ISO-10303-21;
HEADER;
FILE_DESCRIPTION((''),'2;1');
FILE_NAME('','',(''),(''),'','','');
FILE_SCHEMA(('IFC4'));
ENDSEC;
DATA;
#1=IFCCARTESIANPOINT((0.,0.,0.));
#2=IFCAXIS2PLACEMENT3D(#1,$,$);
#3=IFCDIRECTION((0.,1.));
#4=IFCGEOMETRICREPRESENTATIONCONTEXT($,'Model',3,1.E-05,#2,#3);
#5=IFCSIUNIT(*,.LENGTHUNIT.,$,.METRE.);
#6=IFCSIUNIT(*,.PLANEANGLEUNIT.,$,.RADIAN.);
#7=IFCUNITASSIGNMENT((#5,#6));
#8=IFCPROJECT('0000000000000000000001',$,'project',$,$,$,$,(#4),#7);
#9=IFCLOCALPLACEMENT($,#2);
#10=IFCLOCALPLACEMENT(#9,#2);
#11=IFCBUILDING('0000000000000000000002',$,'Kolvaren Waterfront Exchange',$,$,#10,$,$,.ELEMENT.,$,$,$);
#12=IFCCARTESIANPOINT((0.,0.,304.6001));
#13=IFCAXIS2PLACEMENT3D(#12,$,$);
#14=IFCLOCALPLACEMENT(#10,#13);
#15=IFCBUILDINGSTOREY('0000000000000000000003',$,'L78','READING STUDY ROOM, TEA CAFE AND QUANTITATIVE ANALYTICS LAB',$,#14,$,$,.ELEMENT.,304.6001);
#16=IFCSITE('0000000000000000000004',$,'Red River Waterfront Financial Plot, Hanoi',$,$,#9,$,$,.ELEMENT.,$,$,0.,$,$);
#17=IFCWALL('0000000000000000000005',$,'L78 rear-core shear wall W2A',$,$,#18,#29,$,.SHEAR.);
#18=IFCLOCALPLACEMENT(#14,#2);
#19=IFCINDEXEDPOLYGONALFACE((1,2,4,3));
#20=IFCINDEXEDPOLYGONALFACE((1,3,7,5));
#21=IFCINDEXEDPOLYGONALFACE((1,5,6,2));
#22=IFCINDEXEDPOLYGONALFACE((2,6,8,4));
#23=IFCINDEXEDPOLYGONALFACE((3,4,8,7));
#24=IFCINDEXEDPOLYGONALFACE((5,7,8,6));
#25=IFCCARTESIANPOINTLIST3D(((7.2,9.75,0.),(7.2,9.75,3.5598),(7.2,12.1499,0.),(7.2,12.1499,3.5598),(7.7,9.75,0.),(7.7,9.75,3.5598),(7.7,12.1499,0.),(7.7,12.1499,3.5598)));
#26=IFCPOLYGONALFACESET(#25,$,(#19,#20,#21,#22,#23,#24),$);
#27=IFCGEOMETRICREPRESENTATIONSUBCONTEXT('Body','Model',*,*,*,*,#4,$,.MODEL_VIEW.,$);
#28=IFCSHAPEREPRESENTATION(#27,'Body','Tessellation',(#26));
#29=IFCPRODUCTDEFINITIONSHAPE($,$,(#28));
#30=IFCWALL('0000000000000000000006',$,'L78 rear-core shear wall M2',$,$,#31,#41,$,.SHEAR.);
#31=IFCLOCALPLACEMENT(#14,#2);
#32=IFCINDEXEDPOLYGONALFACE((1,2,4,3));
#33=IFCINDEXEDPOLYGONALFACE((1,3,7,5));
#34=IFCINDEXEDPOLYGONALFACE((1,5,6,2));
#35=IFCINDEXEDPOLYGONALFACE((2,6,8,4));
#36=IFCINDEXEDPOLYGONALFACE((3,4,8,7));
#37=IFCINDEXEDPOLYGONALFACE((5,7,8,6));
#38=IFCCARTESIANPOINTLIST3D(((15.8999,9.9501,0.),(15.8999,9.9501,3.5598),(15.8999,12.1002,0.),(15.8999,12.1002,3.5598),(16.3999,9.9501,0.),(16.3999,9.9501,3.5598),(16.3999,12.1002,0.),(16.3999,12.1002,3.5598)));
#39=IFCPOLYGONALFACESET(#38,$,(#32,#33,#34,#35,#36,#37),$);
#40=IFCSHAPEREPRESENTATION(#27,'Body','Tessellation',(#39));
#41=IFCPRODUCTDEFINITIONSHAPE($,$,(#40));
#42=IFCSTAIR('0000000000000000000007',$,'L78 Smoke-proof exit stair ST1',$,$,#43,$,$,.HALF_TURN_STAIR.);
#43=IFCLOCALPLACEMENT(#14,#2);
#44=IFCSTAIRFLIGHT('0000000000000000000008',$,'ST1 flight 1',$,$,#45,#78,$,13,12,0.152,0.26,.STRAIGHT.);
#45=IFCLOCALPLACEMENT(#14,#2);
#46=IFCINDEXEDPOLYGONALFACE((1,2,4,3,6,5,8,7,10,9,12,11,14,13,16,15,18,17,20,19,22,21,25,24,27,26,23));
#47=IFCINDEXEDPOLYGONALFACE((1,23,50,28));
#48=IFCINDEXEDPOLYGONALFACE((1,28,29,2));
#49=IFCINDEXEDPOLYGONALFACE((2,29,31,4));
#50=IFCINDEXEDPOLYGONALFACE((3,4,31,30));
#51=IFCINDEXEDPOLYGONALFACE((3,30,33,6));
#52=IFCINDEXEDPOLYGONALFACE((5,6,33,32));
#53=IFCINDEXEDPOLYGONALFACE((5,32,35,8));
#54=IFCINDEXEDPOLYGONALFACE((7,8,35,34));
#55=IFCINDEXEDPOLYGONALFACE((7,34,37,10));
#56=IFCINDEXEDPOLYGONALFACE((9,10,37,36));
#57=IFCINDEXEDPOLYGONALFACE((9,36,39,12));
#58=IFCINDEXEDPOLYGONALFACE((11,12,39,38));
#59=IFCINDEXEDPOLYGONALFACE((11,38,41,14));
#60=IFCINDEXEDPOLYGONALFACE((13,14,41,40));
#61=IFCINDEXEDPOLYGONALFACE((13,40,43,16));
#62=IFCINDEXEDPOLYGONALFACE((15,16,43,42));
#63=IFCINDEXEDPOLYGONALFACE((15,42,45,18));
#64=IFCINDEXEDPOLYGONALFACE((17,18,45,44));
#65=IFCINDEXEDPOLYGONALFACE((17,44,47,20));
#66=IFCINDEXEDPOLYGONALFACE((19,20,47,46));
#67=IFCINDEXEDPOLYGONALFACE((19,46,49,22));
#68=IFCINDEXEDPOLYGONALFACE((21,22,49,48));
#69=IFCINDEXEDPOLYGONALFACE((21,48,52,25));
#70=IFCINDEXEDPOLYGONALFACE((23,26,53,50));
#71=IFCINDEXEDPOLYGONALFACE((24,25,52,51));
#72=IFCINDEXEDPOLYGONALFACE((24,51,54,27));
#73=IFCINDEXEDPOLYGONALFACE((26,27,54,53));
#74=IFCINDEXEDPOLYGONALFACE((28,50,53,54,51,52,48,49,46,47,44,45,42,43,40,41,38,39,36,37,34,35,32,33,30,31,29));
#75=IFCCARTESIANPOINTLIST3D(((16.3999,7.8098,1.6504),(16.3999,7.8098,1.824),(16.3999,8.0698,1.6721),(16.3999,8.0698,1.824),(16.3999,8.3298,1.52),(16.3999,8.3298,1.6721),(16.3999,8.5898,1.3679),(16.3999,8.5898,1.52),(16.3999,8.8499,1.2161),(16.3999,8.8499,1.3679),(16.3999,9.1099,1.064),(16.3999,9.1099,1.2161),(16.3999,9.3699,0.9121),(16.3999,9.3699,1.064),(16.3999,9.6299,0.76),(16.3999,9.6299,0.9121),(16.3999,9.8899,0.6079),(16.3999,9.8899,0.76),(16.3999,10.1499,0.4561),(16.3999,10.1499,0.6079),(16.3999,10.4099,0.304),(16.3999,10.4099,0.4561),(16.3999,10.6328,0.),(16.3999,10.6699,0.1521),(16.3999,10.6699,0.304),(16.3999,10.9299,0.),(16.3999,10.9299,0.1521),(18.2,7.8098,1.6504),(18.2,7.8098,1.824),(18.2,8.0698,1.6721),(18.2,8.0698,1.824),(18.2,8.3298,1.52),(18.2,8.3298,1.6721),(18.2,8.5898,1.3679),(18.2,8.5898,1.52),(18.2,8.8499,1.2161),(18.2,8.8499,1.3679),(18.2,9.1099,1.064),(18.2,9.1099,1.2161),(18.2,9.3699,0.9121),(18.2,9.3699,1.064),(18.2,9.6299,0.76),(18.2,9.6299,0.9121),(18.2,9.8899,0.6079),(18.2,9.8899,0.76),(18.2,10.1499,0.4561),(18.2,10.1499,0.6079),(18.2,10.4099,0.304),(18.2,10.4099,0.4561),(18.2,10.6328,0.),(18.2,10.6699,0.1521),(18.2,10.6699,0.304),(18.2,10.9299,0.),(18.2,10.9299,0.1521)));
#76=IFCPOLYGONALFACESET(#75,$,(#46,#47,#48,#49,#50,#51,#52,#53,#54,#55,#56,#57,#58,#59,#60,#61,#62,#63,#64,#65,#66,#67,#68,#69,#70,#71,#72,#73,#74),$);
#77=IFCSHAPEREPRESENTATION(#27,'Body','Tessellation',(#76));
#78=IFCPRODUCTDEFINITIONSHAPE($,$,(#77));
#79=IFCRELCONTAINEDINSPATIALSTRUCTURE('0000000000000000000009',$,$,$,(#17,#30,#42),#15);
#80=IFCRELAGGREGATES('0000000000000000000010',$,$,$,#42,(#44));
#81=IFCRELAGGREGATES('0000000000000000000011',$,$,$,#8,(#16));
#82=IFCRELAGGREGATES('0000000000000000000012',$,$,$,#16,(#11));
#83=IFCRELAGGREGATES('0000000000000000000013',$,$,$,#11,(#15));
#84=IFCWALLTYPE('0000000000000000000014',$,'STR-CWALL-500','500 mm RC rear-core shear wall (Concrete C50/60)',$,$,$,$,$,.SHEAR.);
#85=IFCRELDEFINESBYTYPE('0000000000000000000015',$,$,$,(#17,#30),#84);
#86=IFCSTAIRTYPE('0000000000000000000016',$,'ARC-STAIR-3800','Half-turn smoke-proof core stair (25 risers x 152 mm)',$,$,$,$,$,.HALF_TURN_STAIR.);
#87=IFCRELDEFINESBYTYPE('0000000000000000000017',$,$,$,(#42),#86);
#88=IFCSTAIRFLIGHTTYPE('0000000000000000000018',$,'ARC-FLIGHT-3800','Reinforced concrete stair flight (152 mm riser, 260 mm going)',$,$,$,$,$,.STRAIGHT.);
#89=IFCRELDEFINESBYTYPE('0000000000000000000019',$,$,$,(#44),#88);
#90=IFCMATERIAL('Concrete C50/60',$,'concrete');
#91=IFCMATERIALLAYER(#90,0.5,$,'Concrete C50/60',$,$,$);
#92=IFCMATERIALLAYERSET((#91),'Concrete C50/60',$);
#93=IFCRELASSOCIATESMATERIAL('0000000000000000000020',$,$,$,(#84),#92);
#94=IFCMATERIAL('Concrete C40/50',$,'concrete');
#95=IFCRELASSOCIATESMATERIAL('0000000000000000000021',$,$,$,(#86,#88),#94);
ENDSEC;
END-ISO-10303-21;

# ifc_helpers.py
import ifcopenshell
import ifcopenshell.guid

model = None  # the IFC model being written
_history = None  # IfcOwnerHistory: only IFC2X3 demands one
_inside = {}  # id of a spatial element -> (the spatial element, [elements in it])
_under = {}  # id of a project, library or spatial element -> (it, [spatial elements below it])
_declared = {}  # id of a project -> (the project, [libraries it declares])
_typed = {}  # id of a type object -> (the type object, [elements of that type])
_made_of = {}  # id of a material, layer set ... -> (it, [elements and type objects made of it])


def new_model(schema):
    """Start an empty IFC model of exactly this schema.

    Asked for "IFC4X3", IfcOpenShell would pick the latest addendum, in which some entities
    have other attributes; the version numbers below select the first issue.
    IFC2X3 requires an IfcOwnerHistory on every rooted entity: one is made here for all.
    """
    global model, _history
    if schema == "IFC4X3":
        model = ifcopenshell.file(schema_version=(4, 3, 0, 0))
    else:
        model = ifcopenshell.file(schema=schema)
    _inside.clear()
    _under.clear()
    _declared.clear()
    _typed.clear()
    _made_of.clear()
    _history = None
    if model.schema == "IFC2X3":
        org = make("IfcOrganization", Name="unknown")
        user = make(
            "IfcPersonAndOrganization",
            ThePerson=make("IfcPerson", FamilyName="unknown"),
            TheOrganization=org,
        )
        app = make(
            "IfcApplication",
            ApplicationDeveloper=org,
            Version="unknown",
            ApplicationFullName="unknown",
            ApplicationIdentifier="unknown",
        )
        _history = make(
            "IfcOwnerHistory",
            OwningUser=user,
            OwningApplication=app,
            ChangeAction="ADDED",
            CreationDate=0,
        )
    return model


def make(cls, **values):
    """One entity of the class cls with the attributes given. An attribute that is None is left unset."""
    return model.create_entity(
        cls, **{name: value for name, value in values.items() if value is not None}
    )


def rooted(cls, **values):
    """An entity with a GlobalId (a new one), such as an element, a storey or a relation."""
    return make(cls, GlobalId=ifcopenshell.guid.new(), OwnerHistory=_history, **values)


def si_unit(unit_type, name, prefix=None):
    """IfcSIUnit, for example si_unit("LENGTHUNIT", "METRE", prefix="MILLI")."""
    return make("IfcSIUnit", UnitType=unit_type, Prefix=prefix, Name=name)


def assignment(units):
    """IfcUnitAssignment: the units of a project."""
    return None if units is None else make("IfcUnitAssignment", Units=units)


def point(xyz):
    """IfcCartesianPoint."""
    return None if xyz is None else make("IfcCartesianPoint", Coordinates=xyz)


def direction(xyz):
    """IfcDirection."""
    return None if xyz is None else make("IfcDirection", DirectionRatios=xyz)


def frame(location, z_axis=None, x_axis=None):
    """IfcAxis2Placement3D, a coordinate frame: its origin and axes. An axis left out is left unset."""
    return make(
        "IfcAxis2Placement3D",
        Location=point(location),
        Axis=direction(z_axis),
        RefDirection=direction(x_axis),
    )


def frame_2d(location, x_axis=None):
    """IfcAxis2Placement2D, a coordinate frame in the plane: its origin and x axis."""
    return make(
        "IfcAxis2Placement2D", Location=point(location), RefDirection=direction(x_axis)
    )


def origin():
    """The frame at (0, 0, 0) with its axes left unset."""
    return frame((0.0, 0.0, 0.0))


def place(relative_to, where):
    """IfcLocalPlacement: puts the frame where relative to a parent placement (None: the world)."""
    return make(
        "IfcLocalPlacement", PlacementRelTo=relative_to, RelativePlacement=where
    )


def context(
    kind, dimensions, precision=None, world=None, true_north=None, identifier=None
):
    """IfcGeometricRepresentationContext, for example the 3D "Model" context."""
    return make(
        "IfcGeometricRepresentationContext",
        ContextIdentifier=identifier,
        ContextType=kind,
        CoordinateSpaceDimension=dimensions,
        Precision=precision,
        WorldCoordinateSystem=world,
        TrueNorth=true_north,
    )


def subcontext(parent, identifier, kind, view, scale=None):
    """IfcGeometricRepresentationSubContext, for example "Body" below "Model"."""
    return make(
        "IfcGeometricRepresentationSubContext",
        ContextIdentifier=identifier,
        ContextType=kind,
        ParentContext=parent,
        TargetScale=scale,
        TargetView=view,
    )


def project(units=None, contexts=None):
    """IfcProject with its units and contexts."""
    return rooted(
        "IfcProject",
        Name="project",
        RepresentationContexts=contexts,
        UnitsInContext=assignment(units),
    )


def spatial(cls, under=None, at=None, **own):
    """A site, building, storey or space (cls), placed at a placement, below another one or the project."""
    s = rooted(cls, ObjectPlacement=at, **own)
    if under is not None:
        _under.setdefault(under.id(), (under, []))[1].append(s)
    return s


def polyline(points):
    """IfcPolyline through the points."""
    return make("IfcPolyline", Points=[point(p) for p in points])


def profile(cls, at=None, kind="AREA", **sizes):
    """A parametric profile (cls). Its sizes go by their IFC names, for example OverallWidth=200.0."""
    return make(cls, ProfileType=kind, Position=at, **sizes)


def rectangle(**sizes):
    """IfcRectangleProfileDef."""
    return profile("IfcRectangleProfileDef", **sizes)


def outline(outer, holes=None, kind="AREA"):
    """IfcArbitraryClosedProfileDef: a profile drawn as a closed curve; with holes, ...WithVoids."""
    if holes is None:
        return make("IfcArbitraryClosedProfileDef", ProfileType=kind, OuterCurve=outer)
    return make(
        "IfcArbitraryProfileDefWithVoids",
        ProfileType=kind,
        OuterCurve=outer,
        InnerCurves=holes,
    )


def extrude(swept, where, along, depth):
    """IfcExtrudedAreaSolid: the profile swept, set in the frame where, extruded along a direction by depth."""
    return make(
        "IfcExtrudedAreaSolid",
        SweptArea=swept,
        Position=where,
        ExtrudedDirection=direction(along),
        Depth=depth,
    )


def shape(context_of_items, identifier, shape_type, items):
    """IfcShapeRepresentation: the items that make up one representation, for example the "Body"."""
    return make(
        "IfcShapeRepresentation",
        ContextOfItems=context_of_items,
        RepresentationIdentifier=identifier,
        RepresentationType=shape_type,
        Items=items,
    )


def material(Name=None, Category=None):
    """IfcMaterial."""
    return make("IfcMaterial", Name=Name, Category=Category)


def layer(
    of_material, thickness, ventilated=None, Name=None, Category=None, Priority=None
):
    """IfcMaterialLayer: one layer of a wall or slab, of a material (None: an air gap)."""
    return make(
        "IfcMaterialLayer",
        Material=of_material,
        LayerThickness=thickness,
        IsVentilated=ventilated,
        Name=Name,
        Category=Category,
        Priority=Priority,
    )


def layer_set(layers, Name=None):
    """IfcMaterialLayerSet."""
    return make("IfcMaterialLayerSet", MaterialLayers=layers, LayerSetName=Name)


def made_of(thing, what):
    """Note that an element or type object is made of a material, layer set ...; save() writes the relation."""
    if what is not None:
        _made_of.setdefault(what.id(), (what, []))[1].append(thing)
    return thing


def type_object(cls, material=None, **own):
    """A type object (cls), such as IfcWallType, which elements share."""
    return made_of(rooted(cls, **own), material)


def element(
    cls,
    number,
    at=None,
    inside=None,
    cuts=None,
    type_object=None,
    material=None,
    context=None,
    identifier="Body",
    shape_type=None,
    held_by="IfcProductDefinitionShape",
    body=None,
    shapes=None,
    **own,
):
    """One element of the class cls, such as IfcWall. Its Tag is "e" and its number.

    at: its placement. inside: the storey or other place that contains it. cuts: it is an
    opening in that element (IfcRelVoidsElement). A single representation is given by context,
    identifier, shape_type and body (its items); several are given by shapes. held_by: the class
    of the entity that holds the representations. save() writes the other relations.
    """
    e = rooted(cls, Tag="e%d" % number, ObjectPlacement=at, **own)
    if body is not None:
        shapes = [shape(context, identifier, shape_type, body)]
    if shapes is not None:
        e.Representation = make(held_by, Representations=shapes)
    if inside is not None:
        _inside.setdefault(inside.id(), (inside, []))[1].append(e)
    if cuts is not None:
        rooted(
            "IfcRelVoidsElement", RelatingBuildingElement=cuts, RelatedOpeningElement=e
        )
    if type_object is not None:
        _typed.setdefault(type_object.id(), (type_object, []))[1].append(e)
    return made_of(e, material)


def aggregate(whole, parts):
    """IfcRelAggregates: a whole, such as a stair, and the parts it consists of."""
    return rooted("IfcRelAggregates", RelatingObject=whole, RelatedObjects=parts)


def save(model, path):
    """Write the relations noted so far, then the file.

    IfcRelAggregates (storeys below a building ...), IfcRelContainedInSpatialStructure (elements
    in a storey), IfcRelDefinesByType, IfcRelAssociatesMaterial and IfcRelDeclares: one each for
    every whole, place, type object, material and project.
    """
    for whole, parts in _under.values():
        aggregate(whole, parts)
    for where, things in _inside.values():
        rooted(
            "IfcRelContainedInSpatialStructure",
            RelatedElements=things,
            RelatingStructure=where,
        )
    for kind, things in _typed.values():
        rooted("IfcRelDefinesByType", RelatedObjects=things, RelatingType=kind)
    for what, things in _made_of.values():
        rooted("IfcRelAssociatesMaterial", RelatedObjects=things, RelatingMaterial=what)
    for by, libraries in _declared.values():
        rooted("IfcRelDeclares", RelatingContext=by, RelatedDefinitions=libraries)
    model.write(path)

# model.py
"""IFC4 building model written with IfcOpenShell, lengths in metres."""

from ifc_helpers import new_model, si_unit, direction, frame, frame_2d, origin, place, context, subcontext, project, spatial, polyline, rectangle, outline, extrude, material, layer, layer_set, type_object, element, aggregate, save


model = new_model("IFC4")

# Units and contexts
model_context = context("Model", 3, precision=1e-05, world=origin(), true_north=direction((0.0, 1.0)))
body_context = subcontext(model_context, "Body", "Model", "MODEL_VIEW")
ifc_project = project(units=[si_unit("LENGTHUNIT", "METRE"), si_unit("PLANEANGLEUNIT", "RADIAN")], contexts=[model_context])

# Site, building, storey
site_placement = place(None, origin())
site = spatial("IfcSite", under=ifc_project, at=site_placement, Name="Red River Waterfront Financial Plot, Hanoi", CompositionType="ELEMENT", RefElevation=0.0)
building_placement = place(site_placement, origin())
building = spatial("IfcBuilding", under=site, at=building_placement, Name="Kolvaren Waterfront Exchange", CompositionType="ELEMENT")
storey_placement = place(building_placement, frame((0.0, 0.0, 304.6001)))
storey = spatial("IfcBuildingStorey", under=building, at=storey_placement, Name="L78", Description="READING STUDY ROOM, TEA CAFE AND QUANTITATIVE ANALYTICS LAB", CompositionType="ELEMENT", Elevation=304.6001)

# Walls
ifc_material_1 = material(Name="Concrete C50/60", Category="concrete")
ifc_layer_1 = layer(ifc_material_1, 0.5, Name="Concrete C50/60")
ifc_layer_set_1 = layer_set([ifc_layer_1], Name="Concrete C50/60")
wall_type_1 = type_object("IfcWallType", Name="STR-CWALL-500", Description="500 mm RC rear-core shear wall (Concrete C50/60)", PredefinedType="SHEAR", material=ifc_layer_set_1)
wall_1_placement = place(storey_placement, frame((7.45, 9.75, 0.0), z_axis=(0.0, 0.0, 1.0), x_axis=(0.0, 1.0, 0.0)))
element("IfcWall", 1, at=wall_1_placement, inside=storey, type_object=wall_type_1, Name="L78 rear-core shear wall W2A", PredefinedType="SHEAR", context=body_context, shape_type="SweptSolid", body=[
    extrude(rectangle(XDim=2.3999, YDim=0.5, at=frame_2d((1.2, 0.0))), origin(), (0.0, 0.0, 1.0), 3.5598),
])
wall_2_placement = place(storey_placement, frame((16.1499, 9.95, 0.0), z_axis=(0.0, 0.0, 1.0), x_axis=(0.0, 1.0, 0.0)))
element("IfcWall", 2, at=wall_2_placement, inside=storey, type_object=wall_type_1, Name="L78 rear-core shear wall M2", PredefinedType="SHEAR", context=body_context, shape_type="SweptSolid", body=[
    extrude(rectangle(XDim=2.1501, YDim=0.5, at=frame_2d((1.0752, 0.0))), origin(), (0.0, 0.0, 1.0), 3.5598),
])

# Stair, stair flight
ifc_material_2 = material(Name="Concrete C40/50", Category="concrete")
stair_type = type_object("IfcStairType", Name="ARC-STAIR-3800", Description="Half-turn smoke-proof core stair (25 risers x 152 mm)", PredefinedType="HALF_TURN_STAIR", material=ifc_material_2)
stair_placement = place(storey_placement, origin())
stair = element("IfcStair", 3, at=stair_placement, inside=storey, type_object=stair_type, Name="L78 Smoke-proof exit stair ST1", PredefinedType="HALF_TURN_STAIR")
stair_flight_type = type_object("IfcStairFlightType", Name="ARC-FLIGHT-3800", Description="Reinforced concrete stair flight (152 mm riser, 260 mm going)", PredefinedType="STRAIGHT", material=ifc_material_2)
stair_flight_placement = place(storey_placement, frame((17.3, 10.9299, 0.0), z_axis=(0.0, 0.0, 1.0), x_axis=(0.0, -1.0, 0.0)))
stair_flight = element("IfcStairFlight", 4, at=stair_flight_placement, type_object=stair_flight_type, Name="ST1 flight 1", NumberOfRisers=13, NumberOfTreads=12, PredefinedType="STRAIGHT", RiserHeight=0.152, TreadLength=0.26, context=body_context, shape_type="SweptSolid", body=[
    extrude(outline(polyline([(0.0, 0.0), (0.0, 0.1521), (0.26, 0.1521), (0.26, 0.304), (0.52, 0.304), (0.52, 0.4561), (0.78, 0.4561), (0.78, 0.6079), (1.04, 0.6079), (1.04, 0.76), (1.3, 0.76), (1.3, 0.9121), (1.5601, 0.9121), (1.5601, 1.064), (1.8201, 1.064), (1.8201, 1.2161), (2.0801, 1.2161), (2.0801, 1.3679), (2.3401, 1.3679), (2.3401, 1.52), (2.6001, 1.52), (2.6001, 1.6721), (2.8601, 1.6721), (2.8601, 1.824), (3.1201, 1.824), (3.1201, 1.9761), (3.1201, 1.6504), (0.2971, 0.0), (0.0, 0.0)])), frame((0.0, 0.8999, 0.0), z_axis=(0.0, -1.0, 0.0), x_axis=(1.0, 0.0, 0.0)), (0.0, 0.0, 1.0), 1.8),
])
aggregate(stair, [stair_flight])

save(model, "model.ifc")
